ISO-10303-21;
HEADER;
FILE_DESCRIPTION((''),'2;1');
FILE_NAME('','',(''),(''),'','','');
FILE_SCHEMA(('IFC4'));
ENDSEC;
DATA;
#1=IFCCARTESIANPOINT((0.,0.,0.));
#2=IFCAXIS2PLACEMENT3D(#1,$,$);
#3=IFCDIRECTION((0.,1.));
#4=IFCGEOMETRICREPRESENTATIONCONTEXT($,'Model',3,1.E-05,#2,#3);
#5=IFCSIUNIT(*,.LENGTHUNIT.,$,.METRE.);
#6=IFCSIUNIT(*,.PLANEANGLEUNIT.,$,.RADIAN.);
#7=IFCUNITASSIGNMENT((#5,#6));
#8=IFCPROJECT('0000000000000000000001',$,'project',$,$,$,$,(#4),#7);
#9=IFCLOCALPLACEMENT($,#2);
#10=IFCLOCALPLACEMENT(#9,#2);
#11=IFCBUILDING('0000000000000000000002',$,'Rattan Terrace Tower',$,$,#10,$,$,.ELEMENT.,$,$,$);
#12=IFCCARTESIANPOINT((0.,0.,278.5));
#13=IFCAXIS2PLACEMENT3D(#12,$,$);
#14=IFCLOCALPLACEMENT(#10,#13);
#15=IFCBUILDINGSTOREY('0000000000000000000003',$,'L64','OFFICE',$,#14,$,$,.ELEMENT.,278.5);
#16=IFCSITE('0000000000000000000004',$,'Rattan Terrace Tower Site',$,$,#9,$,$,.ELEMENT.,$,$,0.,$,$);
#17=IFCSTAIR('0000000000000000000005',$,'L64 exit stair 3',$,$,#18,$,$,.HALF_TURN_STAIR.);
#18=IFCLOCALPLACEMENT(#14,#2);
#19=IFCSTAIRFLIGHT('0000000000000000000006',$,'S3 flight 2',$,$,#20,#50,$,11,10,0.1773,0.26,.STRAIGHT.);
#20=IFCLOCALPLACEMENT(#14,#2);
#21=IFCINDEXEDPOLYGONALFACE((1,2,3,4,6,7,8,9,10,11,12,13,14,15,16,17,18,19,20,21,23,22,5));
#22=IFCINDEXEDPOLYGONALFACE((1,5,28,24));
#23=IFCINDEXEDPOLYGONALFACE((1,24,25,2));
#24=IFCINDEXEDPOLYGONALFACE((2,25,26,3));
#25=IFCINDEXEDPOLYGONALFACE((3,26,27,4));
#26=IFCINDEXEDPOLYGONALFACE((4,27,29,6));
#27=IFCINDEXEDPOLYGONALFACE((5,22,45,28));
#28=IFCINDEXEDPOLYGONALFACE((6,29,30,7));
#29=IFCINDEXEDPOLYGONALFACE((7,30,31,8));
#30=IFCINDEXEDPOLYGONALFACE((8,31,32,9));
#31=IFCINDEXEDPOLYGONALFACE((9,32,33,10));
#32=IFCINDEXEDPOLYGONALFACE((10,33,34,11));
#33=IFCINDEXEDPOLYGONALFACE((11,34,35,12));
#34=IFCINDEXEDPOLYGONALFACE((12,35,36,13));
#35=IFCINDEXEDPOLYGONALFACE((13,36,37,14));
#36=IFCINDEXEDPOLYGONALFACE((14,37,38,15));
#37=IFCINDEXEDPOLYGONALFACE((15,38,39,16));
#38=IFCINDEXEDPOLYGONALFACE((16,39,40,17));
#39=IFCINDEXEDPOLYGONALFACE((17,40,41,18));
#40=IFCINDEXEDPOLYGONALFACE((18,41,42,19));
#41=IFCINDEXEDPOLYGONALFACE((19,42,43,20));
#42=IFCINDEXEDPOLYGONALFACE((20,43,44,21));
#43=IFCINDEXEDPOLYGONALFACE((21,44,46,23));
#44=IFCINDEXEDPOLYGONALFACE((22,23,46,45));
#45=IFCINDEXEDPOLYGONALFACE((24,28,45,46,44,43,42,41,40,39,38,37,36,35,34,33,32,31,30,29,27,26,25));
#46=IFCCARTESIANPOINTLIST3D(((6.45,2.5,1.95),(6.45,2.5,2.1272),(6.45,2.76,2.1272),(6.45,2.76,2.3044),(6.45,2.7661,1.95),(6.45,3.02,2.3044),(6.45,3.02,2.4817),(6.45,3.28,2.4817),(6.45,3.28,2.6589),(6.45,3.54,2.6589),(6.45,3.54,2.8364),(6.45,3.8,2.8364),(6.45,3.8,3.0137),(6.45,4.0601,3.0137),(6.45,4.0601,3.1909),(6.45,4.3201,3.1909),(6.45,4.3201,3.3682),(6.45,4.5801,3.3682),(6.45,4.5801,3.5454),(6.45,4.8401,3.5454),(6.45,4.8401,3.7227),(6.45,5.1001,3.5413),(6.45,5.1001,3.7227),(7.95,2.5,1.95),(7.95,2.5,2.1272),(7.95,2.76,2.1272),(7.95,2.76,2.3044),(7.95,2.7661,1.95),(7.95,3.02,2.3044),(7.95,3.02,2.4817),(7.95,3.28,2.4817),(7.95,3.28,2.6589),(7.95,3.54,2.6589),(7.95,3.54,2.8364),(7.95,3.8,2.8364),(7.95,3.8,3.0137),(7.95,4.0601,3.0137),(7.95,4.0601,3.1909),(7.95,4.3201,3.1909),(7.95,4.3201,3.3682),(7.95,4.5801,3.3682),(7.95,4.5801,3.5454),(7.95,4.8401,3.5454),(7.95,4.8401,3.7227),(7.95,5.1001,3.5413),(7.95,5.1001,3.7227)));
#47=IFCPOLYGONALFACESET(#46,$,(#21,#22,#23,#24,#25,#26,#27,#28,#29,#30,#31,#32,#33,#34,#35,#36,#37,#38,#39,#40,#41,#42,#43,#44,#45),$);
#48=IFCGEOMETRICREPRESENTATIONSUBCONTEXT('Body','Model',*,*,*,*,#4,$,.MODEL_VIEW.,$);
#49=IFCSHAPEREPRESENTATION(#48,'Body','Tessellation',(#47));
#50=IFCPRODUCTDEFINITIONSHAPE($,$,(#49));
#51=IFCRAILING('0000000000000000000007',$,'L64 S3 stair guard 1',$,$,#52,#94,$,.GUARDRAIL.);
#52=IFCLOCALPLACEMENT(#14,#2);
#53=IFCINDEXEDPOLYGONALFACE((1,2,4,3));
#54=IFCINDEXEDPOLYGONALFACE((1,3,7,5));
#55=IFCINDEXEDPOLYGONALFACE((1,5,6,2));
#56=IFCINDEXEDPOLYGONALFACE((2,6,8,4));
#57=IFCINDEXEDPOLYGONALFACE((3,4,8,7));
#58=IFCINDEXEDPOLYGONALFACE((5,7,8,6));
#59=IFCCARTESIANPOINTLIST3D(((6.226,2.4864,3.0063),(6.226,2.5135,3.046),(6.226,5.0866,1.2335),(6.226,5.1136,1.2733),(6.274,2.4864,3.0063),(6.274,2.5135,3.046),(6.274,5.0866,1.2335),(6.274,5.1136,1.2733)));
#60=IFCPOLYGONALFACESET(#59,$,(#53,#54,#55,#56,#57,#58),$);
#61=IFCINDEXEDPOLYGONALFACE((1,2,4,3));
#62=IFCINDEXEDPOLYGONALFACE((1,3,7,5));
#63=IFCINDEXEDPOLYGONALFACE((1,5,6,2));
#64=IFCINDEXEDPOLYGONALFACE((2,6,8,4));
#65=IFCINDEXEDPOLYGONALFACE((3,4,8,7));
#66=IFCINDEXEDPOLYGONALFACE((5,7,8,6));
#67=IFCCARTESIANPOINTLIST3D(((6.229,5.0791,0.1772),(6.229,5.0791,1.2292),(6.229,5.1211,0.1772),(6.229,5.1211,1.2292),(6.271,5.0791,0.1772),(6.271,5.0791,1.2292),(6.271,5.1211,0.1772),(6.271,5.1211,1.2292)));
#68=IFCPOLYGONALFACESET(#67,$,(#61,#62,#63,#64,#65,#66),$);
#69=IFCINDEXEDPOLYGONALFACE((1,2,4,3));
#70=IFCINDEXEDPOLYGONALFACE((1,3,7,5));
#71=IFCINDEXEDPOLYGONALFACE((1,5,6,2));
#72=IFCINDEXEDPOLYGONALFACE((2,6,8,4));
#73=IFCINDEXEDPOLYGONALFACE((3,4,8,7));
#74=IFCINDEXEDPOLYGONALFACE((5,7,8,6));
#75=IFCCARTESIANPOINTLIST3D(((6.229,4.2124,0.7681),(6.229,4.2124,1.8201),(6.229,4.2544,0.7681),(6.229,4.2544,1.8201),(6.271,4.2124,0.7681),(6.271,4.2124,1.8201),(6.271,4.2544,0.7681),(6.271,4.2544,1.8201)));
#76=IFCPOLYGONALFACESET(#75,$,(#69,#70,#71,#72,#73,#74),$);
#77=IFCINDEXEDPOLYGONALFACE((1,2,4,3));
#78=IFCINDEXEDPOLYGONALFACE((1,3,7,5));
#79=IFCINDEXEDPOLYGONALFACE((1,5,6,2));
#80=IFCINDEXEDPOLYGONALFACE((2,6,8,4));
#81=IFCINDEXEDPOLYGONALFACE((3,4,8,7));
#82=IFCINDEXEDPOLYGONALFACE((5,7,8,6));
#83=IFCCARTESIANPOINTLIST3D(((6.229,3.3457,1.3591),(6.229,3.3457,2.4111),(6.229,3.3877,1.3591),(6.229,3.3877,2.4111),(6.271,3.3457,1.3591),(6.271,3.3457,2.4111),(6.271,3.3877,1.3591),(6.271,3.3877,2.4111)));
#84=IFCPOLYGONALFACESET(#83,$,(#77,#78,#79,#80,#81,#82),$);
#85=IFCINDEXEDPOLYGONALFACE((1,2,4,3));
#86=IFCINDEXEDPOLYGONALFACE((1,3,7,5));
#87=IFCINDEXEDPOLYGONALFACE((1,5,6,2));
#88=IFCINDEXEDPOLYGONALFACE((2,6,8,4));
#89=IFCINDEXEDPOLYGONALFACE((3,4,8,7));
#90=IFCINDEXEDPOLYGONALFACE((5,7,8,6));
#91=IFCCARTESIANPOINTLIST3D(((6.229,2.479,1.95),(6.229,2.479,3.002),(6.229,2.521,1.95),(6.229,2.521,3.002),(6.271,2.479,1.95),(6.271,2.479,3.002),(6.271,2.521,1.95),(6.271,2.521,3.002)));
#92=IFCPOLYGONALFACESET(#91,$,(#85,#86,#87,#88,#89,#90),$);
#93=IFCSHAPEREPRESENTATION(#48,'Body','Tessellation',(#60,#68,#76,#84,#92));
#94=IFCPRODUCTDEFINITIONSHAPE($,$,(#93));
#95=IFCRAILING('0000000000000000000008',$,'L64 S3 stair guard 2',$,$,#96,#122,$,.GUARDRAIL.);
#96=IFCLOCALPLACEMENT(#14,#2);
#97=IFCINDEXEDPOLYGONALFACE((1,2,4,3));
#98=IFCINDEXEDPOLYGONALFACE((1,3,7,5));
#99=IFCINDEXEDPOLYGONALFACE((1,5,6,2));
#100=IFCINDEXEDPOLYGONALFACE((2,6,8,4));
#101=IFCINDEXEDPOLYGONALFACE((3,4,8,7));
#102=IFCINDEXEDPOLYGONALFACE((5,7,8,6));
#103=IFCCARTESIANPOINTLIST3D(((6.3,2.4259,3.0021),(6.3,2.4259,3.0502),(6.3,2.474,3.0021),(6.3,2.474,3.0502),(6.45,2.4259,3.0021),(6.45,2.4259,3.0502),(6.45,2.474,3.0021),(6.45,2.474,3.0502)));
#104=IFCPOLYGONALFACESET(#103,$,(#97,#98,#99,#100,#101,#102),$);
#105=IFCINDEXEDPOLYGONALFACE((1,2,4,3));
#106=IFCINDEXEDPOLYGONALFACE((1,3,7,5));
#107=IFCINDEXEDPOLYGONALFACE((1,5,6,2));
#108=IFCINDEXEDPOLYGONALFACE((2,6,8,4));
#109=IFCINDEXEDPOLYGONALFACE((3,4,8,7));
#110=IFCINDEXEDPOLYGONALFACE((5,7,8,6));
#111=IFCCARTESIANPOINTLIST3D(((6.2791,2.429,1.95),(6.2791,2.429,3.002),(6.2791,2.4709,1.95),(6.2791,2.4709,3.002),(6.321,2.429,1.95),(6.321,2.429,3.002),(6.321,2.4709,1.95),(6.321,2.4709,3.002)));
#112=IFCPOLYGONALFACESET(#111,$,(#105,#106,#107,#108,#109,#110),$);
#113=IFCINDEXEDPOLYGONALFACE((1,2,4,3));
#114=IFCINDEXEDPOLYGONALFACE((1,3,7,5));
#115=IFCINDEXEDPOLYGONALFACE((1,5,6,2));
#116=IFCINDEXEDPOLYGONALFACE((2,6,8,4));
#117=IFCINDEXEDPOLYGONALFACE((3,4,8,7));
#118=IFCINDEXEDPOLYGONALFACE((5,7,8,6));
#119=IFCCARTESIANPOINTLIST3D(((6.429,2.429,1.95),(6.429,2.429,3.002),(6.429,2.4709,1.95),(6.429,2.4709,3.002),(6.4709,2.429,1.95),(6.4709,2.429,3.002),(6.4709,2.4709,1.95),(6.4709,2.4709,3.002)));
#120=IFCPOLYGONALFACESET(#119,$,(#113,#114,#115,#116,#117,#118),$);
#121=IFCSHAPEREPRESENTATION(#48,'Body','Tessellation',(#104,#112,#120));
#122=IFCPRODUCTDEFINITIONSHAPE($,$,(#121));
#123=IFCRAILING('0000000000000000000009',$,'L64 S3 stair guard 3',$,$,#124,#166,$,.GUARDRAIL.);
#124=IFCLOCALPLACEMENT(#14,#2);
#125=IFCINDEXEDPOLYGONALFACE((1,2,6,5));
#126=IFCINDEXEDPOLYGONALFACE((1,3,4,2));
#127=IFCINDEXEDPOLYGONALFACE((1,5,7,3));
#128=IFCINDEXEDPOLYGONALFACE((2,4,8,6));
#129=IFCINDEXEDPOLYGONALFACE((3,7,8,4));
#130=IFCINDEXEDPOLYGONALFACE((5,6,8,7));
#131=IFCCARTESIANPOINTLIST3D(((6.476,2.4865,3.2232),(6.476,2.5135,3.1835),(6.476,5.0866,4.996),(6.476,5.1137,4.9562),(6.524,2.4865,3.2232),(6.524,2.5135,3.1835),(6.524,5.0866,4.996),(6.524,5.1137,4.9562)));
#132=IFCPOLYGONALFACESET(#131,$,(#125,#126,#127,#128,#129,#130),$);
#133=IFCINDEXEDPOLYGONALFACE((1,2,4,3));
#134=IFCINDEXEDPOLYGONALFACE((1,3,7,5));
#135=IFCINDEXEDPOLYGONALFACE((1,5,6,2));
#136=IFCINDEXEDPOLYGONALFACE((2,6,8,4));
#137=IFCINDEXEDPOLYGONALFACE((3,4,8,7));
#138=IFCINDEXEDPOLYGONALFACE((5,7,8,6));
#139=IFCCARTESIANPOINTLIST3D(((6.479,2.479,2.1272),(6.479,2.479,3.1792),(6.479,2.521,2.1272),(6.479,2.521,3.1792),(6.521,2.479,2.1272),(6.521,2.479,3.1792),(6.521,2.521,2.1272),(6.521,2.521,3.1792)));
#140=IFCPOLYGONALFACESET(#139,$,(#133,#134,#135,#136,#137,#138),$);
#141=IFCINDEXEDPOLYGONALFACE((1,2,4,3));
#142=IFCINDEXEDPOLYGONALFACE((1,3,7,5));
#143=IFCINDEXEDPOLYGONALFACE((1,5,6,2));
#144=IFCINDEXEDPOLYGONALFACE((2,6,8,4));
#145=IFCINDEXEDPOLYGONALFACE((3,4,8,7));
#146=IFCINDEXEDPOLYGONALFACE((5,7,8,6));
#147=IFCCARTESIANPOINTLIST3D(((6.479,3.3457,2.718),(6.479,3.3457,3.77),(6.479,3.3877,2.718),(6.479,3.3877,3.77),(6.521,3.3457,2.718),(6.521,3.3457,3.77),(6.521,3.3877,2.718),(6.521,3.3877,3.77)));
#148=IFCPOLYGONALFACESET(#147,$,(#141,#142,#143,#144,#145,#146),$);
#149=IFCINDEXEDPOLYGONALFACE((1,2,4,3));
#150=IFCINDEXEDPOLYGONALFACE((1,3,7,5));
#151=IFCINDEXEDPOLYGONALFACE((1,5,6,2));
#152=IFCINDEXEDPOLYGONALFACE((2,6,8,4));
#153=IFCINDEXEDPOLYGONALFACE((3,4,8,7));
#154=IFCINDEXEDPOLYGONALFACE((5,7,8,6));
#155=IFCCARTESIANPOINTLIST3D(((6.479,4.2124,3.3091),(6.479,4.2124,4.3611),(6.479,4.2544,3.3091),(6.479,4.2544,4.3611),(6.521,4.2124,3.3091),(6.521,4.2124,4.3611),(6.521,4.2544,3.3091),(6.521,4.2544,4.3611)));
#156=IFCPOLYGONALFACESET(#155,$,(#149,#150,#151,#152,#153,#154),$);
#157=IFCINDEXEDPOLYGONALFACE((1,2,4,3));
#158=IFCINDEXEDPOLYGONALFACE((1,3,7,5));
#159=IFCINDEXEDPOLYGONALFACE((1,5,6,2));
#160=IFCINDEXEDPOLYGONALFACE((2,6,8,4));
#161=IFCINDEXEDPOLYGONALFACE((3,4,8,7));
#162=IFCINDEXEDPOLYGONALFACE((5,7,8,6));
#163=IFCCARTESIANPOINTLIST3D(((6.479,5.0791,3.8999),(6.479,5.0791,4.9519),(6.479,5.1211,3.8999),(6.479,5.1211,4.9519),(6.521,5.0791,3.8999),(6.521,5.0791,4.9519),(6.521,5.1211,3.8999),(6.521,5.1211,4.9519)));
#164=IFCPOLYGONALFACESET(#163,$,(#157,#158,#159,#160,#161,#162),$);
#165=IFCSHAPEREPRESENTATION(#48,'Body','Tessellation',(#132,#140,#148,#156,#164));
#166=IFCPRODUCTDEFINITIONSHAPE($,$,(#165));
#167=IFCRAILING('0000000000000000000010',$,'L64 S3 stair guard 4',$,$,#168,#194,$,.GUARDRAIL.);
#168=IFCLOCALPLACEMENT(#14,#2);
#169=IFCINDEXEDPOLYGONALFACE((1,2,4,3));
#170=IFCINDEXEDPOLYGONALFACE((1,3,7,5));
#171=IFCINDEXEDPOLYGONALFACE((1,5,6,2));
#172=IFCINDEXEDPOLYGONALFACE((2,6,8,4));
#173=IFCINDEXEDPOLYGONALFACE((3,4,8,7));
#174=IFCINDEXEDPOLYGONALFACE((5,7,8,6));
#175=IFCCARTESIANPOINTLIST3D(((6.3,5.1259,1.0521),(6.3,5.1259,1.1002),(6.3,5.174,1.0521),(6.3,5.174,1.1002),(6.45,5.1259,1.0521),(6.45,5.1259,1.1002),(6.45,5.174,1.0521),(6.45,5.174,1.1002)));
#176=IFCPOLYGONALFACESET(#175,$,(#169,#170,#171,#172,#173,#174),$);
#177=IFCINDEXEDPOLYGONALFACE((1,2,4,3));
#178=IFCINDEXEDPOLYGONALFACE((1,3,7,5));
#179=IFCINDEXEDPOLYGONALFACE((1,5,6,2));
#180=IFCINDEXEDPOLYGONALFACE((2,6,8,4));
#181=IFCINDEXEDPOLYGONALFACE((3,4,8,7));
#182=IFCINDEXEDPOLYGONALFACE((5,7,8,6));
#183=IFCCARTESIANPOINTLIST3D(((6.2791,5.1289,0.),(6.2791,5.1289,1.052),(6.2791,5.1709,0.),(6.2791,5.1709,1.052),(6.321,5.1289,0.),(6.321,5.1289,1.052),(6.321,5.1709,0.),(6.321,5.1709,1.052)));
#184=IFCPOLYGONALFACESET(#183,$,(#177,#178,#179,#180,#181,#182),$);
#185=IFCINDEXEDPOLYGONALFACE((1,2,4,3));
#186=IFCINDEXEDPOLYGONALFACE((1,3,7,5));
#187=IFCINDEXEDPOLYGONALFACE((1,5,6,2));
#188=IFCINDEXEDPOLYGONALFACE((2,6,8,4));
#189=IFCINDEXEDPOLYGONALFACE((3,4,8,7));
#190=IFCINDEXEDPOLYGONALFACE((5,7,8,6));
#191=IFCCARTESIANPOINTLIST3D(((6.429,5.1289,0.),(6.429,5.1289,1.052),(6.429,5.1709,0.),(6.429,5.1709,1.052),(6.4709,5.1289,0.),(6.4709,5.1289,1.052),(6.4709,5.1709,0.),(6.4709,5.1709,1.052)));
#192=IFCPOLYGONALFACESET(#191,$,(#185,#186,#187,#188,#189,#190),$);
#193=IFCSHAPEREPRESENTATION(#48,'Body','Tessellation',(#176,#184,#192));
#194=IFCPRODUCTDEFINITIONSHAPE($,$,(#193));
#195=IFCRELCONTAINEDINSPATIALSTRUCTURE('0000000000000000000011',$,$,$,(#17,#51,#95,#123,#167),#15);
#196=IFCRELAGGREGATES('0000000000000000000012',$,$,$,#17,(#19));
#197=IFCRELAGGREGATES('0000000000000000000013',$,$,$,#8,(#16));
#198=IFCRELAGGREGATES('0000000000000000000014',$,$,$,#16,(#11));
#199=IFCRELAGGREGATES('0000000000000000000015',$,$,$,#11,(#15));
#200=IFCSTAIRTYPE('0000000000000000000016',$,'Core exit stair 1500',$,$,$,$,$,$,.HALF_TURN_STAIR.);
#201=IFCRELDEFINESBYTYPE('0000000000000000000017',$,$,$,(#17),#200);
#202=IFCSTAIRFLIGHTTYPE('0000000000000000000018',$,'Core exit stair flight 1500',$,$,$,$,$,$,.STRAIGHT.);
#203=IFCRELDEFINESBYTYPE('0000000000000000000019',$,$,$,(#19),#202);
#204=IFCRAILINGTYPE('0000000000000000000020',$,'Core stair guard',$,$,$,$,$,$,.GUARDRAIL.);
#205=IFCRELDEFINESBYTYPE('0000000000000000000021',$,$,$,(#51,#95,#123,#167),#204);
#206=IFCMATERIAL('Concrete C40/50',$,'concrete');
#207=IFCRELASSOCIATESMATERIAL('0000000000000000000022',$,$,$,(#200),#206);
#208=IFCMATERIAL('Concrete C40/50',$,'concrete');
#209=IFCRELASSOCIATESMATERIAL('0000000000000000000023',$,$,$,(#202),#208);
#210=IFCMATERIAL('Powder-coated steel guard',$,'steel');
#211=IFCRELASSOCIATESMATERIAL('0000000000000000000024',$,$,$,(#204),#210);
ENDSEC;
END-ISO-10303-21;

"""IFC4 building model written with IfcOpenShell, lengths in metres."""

from ifc_helpers import new_model, si_unit, direction, frame, origin, origin_2d, place, context, subcontext, project, spatial, polyline, rectangle, outline, extrude, material, type_object, element, aggregate, save


model = new_model("IFC4")

# Units and contexts
model_context = context("Model", 3, precision=1e-05, world=origin(), true_north=direction((0.0, 1.0)))
body_context = subcontext(model_context, "Body", "Model", "MODEL_VIEW")
ifc_project = project(units=[si_unit("LENGTHUNIT", "METRE"), si_unit("PLANEANGLEUNIT", "RADIAN")], contexts=[model_context])

# Site, building, storey
site_placement = place(None, origin())
site = spatial("IfcSite", under=ifc_project, at=site_placement, Name="Rattan Terrace Tower Site", CompositionType="ELEMENT", RefElevation=0.0)
building_placement = place(site_placement, origin())
building = spatial("IfcBuilding", under=site, at=building_placement, Name="Rattan Terrace Tower", CompositionType="ELEMENT")
storey_placement = place(building_placement, frame((0.0, 0.0, 278.5)))
storey = spatial("IfcBuildingStorey", under=building, at=storey_placement, Name="L64", Description="OFFICE", CompositionType="ELEMENT", Elevation=278.5)

# Stair
ifc_material_1 = material(Name="Concrete C40/50", Category="concrete")
stair_type = type_object("IfcStairType", Name="Core exit stair 1500", PredefinedType="HALF_TURN_STAIR", material=ifc_material_1)
stair_placement = place(storey_placement, origin())
stair = element("IfcStair", 1, at=stair_placement, inside=storey, type_object=stair_type, Name="L64 exit stair 3", PredefinedType="HALF_TURN_STAIR")

# Stair flight
ifc_material_2 = material(Name="Concrete C40/50", Category="concrete")
stair_flight_type = type_object("IfcStairFlightType", Name="Core exit stair flight 1500", PredefinedType="STRAIGHT", material=ifc_material_2)
stair_flight_1_placement = place(storey_placement, frame((7.2, 2.5, 1.95), z_axis=(0.0, 0.0, 1.0), x_axis=(0.0, 1.0, 0.0)))
stair_flight_1 = element("IfcStairFlight", 2, at=stair_flight_1_placement, type_object=stair_flight_type, Name="S3 flight 2", NumberOfRisers=11, NumberOfTreads=10, PredefinedType="STRAIGHT", RiserHeight=0.1773, TreadLength=0.26, context=body_context, shape_type="SweptSolid", body=[
    extrude(outline(polyline([(0.0, 0.0), (0.0, 0.1772), (0.26, 0.1772), (0.26, 0.3545), (0.52, 0.3545), (0.52, 0.5317), (0.78, 0.5317), (0.78, 0.709), (1.04, 0.709), (1.04, 0.8865), (1.3, 0.8865), (1.3, 1.0637), (1.5601, 1.0637), (1.5601, 1.241), (1.8201, 1.241), (1.8201, 1.4182), (2.0801, 1.4182), (2.0801, 1.5955), (2.3401, 1.5955), (2.3401, 1.7727), (2.6001, 1.7727), (2.6001, 1.95), (2.6001, 1.5913), (0.2661, 0.0), (0.0, 0.0)])), frame((0.0, 0.75, 0.0), z_axis=(0.0, -1.0, 0.0), x_axis=(1.0, 0.0, 0.0)), (0.0, 0.0, 1.0), 1.5),
])
aggregate(stair, [stair_flight_1])

# Railings
ifc_material_3 = material(Name="Powder-coated steel guard", Category="steel")
railing_type_1 = type_object("IfcRailingType", Name="Core stair guard", PredefinedType="GUARDRAIL", material=ifc_material_3)
railing_1_placement = place(storey_placement, frame((6.25, 5.1001, 0.1772)))
element("IfcRailing", 3, at=railing_1_placement, inside=storey, type_object=railing_type_1, Name="L64 S3 stair guard 1", PredefinedType="GUARDRAIL", context=body_context, shape_type="SweptSolid", body=[
    extrude(rectangle(XDim=0.0481, YDim=0.0481, at=origin_2d()), frame((0.0, 0.0, 1.0762), z_axis=(0.0, -0.82624, 0.563318), x_axis=(1.0, 0.0, 0.0)), (0.0, 0.0, 1.0), 3.147),
    extrude(rectangle(XDim=0.042, YDim=0.042, at=origin_2d()), origin(), (0.0, 0.0, 1.0), 1.052),
    extrude(rectangle(XDim=0.042, YDim=0.042, at=origin_2d()), frame((0.0, -0.8667, 0.5908)), (0.0, 0.0, 1.0), 1.052),
    extrude(rectangle(XDim=0.042, YDim=0.042, at=origin_2d()), frame((0.0, -1.7334, 1.1819)), (0.0, 0.0, 1.0), 1.052),
    extrude(rectangle(XDim=0.042, YDim=0.042, at=origin_2d()), frame((0.0, -2.6001, 1.7727)), (0.0, 0.0, 1.0), 1.052),
])
railing_2_placement = place(storey_placement, frame((6.3, 2.45, 1.95)))
element("IfcRailing", 4, at=railing_2_placement, inside=storey, type_object=railing_type_1, Name="L64 S3 stair guard 2", PredefinedType="GUARDRAIL", context=body_context, shape_type="SweptSolid", body=[
    extrude(rectangle(XDim=0.0481, YDim=0.0481, at=origin_2d()), frame((0.0, 0.0, 1.0762), z_axis=(1.0, 0.0, 0.0), x_axis=(0.0, 1.0, 0.0)), (0.0, 0.0, 1.0), 0.1499),
    extrude(rectangle(XDim=0.042, YDim=0.042, at=origin_2d()), origin(), (0.0, 0.0, 1.0), 1.052),
    extrude(rectangle(XDim=0.042, YDim=0.042, at=origin_2d()), frame((0.1499, 0.0, 0.0)), (0.0, 0.0, 1.0), 1.052),
])
railing_3_placement = place(storey_placement, frame((6.5, 2.5, 2.1272)))
element("IfcRailing", 5, at=railing_3_placement, inside=storey, type_object=railing_type_1, Name="L64 S3 stair guard 3", PredefinedType="GUARDRAIL", context=body_context, shape_type="SweptSolid", body=[
    extrude(rectangle(XDim=0.0481, YDim=0.0481, at=origin_2d()), frame((0.0, 0.0, 1.0762), z_axis=(0.0, 0.82624, 0.563318), x_axis=(-1.0, 0.0, 0.0)), (0.0, 0.0, 1.0), 3.147),
    extrude(rectangle(XDim=0.042, YDim=0.042, at=origin_2d()), origin(), (0.0, 0.0, 1.0), 1.052),
    extrude(rectangle(XDim=0.042, YDim=0.042, at=origin_2d()), frame((0.0, 0.8667, 0.5908)), (0.0, 0.0, 1.0), 1.052),
    extrude(rectangle(XDim=0.042, YDim=0.042, at=origin_2d()), frame((0.0, 1.7334, 1.1819)), (0.0, 0.0, 1.0), 1.052),
    extrude(rectangle(XDim=0.042, YDim=0.042, at=origin_2d()), frame((0.0, 2.6001, 1.7727)), (0.0, 0.0, 1.0), 1.052),
])
railing_4_placement = place(storey_placement, frame((6.3, 5.1499, 0.0)))
element("IfcRailing", 6, at=railing_4_placement, inside=storey, type_object=railing_type_1, Name="L64 S3 stair guard 4", PredefinedType="GUARDRAIL", context=body_context, shape_type="SweptSolid", body=[
    extrude(rectangle(XDim=0.0481, YDim=0.0481, at=origin_2d()), frame((0.0, 0.0, 1.0762), z_axis=(1.0, 0.0, 0.0), x_axis=(0.0, 1.0, 0.0)), (0.0, 0.0, 1.0), 0.1499),
    extrude(rectangle(XDim=0.042, YDim=0.042, at=origin_2d()), origin(), (0.0, 0.0, 1.0), 1.052),
    extrude(rectangle(XDim=0.042, YDim=0.042, at=origin_2d()), frame((0.1499, 0.0, 0.0)), (0.0, 0.0, 1.0), 1.052),
])

save(model, "model.ifc")
